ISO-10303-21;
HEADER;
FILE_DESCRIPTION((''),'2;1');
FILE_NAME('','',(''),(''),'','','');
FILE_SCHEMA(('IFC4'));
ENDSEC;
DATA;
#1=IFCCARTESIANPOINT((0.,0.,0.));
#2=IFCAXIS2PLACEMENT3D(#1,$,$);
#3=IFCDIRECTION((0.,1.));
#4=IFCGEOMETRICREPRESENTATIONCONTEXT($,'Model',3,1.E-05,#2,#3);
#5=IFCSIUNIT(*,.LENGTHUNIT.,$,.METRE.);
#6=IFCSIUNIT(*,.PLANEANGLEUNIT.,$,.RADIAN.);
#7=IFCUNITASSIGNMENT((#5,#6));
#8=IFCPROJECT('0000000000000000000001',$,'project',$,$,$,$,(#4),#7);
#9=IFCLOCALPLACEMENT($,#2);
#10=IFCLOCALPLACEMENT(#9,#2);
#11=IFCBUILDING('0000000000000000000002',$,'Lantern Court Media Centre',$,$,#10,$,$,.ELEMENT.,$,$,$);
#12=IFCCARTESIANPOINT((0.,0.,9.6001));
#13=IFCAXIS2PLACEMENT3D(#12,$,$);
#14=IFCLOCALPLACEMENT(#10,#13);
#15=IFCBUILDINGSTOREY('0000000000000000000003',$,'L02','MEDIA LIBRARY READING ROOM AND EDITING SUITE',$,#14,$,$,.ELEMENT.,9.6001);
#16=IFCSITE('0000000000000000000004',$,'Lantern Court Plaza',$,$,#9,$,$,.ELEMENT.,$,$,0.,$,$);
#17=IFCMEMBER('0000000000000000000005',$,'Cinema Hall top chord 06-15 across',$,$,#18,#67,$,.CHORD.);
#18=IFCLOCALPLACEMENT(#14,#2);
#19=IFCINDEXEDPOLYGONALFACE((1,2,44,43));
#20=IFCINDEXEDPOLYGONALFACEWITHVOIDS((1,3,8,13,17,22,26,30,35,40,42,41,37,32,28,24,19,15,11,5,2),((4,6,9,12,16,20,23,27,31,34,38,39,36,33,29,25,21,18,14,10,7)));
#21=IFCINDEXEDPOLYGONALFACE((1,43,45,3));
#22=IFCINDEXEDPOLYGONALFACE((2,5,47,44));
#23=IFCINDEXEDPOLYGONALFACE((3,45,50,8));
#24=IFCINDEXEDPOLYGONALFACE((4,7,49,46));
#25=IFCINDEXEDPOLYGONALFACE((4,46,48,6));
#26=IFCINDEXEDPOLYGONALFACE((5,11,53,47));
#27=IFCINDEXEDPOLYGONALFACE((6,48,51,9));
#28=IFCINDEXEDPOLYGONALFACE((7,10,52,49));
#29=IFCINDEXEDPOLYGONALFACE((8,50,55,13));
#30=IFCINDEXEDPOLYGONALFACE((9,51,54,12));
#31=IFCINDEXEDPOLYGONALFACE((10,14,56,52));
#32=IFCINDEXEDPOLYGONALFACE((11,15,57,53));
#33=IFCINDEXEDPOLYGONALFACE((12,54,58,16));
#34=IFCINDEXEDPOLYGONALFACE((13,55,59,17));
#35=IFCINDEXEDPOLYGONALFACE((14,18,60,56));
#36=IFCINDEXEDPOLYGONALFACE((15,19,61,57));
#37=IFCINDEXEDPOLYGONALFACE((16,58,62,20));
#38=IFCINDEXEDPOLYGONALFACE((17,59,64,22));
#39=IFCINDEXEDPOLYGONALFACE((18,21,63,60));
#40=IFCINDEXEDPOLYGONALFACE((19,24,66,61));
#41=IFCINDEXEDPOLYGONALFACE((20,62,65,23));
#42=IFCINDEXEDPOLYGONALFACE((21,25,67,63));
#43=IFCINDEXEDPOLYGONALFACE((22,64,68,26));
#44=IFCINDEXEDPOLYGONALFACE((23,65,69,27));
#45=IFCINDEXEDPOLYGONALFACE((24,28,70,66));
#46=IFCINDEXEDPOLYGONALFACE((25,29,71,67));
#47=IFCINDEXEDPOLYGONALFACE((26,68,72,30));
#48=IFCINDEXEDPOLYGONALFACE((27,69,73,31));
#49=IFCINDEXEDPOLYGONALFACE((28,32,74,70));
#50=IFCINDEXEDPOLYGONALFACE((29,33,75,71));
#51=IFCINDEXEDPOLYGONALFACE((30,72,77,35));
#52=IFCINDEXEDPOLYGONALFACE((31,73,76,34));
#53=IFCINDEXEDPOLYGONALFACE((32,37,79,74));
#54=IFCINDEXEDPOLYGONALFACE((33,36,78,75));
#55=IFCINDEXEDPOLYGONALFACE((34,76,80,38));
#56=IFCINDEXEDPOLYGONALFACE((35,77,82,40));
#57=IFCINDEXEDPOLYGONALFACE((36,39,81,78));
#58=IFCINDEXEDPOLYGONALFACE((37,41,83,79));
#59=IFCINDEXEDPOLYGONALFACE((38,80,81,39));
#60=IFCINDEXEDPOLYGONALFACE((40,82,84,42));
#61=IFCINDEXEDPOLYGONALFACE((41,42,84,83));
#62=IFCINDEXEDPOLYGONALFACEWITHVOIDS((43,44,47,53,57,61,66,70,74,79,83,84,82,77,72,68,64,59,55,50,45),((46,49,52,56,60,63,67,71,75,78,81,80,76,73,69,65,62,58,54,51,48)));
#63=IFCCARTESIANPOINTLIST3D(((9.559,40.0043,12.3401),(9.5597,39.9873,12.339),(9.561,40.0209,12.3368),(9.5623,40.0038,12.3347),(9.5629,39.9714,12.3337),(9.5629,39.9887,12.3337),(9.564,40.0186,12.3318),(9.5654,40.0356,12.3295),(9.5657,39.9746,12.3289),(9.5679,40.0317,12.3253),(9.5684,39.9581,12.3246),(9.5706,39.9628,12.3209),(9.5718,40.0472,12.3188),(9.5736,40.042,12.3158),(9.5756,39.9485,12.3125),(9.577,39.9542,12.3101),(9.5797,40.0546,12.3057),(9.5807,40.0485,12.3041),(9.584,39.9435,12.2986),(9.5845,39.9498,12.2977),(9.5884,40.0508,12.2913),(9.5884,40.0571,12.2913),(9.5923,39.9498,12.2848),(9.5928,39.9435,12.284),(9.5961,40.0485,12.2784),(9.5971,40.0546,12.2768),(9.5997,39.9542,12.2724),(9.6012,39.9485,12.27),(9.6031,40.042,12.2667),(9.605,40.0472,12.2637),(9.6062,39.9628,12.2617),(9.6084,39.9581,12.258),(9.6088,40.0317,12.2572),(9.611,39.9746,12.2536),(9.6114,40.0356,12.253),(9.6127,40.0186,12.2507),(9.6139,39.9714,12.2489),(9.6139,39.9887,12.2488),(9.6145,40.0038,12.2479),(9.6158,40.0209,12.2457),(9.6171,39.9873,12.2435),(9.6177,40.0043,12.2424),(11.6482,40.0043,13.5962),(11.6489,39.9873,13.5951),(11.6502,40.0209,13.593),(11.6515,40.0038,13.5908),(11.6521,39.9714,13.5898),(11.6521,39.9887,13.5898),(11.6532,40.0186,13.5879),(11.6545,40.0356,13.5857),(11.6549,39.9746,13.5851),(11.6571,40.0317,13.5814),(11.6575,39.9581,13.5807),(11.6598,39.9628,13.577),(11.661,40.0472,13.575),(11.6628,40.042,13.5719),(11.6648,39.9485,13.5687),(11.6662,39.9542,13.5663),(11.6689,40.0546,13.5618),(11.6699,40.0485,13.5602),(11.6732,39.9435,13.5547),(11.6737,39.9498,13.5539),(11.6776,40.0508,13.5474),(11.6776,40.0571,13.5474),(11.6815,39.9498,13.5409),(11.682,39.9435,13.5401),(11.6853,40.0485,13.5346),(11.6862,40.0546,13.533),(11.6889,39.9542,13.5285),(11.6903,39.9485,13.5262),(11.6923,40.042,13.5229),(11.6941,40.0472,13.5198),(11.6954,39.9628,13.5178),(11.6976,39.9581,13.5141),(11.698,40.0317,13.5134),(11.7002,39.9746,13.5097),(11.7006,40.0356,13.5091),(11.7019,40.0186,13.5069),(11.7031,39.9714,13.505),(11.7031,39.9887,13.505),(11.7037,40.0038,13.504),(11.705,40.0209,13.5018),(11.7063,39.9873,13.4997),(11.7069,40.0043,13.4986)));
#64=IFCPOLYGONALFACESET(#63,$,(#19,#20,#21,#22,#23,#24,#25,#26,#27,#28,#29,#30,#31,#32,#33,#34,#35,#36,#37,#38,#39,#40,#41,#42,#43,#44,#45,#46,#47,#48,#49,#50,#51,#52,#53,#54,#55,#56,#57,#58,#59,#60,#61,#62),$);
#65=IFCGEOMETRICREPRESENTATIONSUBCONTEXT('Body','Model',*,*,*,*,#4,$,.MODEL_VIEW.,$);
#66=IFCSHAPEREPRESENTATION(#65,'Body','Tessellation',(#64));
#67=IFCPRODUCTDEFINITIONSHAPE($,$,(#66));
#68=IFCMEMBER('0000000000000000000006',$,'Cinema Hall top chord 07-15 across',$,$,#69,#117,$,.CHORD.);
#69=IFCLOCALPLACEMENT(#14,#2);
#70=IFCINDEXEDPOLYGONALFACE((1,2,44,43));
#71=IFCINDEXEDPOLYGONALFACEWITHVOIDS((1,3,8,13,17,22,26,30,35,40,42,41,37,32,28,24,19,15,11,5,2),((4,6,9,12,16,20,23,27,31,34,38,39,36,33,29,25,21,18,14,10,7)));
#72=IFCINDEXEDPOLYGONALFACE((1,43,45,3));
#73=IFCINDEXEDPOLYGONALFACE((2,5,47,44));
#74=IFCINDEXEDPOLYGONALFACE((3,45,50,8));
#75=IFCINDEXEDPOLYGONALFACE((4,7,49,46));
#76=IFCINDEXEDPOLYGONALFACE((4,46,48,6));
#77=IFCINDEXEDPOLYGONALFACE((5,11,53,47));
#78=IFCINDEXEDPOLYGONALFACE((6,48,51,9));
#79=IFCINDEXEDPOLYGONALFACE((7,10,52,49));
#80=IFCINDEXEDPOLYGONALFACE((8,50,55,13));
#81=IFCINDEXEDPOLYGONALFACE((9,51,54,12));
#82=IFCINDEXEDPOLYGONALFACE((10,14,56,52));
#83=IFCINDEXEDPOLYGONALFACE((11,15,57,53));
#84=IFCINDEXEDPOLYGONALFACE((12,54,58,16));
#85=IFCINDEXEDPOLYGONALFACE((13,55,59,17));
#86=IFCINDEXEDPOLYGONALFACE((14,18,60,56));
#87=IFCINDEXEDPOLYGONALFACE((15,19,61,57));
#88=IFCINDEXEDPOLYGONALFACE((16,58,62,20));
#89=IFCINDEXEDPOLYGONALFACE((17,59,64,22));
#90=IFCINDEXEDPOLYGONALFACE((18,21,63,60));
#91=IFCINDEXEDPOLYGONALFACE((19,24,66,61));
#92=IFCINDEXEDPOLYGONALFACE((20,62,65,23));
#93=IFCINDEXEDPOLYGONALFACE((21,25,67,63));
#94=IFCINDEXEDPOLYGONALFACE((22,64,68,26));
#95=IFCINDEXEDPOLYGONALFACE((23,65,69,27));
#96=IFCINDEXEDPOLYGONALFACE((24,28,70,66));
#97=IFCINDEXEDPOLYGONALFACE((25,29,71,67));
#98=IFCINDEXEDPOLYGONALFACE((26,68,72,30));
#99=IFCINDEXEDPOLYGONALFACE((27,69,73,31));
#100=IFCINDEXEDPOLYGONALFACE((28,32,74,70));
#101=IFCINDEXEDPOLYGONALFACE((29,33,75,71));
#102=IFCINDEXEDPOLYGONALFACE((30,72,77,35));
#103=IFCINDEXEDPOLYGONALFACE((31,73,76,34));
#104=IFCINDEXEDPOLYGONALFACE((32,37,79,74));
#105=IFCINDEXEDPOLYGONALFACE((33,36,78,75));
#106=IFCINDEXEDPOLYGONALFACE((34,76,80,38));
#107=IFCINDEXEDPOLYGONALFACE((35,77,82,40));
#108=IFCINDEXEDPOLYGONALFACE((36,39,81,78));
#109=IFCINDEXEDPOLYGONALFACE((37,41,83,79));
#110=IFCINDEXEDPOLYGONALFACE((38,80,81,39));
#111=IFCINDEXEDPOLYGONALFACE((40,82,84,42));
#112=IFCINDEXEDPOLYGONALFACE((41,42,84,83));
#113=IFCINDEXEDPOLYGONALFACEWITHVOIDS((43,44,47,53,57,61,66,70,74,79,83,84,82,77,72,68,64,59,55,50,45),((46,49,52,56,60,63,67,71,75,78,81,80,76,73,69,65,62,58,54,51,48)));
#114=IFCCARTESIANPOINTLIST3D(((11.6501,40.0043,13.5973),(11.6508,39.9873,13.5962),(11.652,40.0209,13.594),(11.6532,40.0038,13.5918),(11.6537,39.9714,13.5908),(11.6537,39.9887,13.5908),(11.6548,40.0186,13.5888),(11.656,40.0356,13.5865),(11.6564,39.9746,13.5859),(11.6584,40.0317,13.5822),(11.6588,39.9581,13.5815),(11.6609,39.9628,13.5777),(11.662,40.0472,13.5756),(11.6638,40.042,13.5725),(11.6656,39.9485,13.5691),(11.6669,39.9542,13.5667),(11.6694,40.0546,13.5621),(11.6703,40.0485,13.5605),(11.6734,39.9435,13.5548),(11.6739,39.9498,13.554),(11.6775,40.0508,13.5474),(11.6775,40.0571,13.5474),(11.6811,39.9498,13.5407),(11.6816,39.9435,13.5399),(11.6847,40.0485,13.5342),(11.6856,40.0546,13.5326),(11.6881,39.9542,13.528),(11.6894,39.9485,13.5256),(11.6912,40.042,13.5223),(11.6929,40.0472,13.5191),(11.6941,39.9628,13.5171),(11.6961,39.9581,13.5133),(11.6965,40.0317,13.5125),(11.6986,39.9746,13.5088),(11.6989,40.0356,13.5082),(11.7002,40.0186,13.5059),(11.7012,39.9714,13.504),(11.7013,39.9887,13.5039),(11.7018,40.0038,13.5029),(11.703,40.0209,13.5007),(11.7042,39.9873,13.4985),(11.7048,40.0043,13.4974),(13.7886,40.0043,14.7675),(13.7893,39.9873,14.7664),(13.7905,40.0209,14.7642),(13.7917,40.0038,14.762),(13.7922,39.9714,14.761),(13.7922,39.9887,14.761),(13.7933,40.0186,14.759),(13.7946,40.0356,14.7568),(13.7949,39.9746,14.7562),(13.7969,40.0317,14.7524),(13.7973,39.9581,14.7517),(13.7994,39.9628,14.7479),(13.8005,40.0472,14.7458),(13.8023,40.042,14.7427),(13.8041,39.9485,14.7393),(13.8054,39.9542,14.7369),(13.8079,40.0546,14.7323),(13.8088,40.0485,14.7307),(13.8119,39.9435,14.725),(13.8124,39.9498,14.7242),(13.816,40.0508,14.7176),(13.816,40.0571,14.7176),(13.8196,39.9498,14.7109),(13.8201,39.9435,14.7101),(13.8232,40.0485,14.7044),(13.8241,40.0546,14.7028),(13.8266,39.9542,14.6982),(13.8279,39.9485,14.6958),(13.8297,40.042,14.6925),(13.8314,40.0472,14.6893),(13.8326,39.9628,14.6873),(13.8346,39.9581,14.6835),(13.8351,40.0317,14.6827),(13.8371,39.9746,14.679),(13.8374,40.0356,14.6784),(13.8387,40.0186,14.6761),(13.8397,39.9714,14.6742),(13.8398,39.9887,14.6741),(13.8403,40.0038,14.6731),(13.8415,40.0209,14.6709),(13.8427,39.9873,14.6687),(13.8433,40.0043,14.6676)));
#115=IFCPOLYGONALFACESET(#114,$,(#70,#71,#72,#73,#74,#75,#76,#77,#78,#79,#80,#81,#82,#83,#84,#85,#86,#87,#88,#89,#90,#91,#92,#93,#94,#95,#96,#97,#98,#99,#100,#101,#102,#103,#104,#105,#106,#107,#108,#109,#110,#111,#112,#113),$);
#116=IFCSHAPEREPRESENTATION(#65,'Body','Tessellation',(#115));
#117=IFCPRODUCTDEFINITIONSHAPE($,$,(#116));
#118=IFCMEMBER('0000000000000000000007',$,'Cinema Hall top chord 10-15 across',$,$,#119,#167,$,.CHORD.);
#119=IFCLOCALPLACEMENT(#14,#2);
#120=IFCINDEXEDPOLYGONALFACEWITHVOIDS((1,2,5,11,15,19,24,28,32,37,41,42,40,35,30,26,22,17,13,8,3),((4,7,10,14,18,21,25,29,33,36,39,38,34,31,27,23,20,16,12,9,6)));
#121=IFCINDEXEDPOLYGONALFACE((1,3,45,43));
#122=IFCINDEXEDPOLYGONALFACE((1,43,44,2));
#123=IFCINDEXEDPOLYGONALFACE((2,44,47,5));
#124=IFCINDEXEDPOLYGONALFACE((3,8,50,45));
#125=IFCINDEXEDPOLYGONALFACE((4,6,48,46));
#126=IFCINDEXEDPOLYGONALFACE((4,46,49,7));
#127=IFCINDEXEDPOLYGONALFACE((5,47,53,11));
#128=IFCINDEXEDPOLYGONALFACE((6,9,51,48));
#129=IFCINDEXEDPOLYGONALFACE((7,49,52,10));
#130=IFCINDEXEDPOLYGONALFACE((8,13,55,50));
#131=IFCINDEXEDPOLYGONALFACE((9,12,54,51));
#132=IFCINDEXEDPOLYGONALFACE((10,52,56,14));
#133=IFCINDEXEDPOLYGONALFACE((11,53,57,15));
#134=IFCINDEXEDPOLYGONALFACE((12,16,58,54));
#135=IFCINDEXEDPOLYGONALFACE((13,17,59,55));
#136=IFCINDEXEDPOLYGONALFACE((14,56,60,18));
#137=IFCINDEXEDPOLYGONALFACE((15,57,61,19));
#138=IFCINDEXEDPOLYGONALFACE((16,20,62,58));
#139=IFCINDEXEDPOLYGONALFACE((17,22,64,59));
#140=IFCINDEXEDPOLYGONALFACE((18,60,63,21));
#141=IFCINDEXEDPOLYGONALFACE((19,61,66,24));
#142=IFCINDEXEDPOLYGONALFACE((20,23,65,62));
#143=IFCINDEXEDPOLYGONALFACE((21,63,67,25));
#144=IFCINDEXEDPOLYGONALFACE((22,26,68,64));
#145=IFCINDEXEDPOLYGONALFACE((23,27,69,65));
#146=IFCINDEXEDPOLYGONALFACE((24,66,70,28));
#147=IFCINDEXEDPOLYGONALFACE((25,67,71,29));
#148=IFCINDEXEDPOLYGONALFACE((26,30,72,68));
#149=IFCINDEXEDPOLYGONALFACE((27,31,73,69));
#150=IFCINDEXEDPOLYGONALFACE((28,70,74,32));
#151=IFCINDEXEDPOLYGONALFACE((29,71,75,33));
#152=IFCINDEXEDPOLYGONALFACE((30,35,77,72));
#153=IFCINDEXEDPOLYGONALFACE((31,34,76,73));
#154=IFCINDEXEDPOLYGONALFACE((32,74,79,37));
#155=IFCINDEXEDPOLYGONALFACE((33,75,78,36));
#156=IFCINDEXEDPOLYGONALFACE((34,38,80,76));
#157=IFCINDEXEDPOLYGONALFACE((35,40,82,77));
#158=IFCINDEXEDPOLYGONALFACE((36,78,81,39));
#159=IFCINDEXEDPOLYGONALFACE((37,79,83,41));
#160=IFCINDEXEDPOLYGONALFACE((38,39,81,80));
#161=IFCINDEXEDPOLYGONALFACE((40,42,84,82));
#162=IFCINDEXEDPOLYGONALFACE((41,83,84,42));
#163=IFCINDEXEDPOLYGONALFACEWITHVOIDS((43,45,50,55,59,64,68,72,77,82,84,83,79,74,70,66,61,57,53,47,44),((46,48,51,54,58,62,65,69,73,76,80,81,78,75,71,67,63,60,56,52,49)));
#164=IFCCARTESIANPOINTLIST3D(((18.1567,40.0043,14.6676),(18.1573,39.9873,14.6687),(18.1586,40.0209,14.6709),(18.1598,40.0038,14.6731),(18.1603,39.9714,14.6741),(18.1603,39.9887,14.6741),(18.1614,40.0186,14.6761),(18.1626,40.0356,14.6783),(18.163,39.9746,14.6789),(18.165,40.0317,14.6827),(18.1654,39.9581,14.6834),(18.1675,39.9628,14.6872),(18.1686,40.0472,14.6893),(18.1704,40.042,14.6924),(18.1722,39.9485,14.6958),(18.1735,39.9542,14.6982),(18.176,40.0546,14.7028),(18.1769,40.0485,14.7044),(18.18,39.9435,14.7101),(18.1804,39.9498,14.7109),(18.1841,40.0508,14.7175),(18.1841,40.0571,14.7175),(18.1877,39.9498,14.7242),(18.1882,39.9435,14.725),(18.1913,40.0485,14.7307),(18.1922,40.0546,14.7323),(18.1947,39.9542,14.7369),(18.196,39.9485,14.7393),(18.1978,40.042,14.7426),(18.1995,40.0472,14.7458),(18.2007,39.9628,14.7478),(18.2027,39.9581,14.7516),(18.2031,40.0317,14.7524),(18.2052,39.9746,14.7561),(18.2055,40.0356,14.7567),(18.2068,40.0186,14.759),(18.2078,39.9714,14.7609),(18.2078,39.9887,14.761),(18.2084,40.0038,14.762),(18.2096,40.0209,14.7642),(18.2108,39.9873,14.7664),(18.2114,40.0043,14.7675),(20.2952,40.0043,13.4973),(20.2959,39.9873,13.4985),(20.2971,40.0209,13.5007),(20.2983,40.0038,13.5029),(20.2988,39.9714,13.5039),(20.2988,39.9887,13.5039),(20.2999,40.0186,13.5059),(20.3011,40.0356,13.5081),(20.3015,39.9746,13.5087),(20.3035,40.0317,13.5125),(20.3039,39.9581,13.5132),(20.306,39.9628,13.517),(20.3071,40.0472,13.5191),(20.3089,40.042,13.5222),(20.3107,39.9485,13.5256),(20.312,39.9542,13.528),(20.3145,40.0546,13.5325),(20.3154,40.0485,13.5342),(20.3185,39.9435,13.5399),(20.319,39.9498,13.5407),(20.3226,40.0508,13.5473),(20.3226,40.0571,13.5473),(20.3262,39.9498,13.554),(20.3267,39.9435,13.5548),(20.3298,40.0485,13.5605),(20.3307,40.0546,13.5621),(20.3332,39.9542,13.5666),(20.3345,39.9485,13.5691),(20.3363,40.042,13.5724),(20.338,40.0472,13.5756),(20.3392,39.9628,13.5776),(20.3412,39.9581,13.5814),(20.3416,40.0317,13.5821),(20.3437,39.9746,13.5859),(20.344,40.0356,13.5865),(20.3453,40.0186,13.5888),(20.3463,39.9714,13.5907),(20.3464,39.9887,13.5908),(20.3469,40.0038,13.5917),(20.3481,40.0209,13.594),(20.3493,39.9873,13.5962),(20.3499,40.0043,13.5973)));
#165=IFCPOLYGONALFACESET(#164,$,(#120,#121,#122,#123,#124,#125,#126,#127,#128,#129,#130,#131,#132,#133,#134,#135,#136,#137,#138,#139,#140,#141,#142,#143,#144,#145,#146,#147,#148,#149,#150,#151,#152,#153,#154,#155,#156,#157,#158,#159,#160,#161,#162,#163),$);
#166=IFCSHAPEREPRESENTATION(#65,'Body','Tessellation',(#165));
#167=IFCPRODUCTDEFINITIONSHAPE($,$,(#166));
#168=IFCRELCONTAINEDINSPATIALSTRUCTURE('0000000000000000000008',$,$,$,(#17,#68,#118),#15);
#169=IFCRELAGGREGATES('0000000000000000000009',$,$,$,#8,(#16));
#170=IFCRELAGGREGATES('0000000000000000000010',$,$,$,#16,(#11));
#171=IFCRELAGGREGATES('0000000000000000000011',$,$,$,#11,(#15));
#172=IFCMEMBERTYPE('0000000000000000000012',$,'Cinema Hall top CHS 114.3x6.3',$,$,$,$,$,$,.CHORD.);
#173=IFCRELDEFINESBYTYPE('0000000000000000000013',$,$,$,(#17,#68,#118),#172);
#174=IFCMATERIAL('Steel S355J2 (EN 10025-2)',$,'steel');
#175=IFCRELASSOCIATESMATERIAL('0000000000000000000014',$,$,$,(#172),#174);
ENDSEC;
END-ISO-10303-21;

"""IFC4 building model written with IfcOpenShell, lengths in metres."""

from ifc_helpers import new_model, si_unit, direction, frame, origin, origin_2d, place, context, subcontext, project, spatial, hollow_circle, extrude, material, material_profile, profile_set, type_object, element, save


model = new_model("IFC4")

# Units and contexts
model_context = context("Model", 3, precision=1e-05, world=origin(), true_north=direction((0.0, 1.0)))
body_context = subcontext(model_context, "Body", "Model", "MODEL_VIEW")
ifc_project = project(units=[si_unit("LENGTHUNIT", "METRE"), si_unit("PLANEANGLEUNIT", "RADIAN")], contexts=[model_context])

# Site, building, storey
site_placement = place(None, origin())
site = spatial("IfcSite", under=ifc_project, at=site_placement, Name="Lantern Court Plaza", CompositionType="ELEMENT", RefElevation=0.0)
building_placement = place(site_placement, origin())
building = spatial("IfcBuilding", under=site, at=building_placement, Name="Lantern Court Media Centre", CompositionType="ELEMENT")
storey_placement = place(building_placement, frame((0.0, 0.0, 9.6001)))
storey = spatial("IfcBuildingStorey", under=building, at=storey_placement, Name="L02", Description="MEDIA LIBRARY READING ROOM AND EDITING SUITE", CompositionType="ELEMENT", Elevation=9.6001)

# Members
ifc_material = material(Name="Steel S355J2 (EN 10025-2)", Category="steel")
ifc_material_profile_1 = material_profile(ifc_material, hollow_circle(Radius=0.0571, WallThickness=0.0063, at=origin_2d()), Name="Cinema Hall top CHS 114.3x6.3")
ifc_profile_set_1 = profile_set([ifc_material_profile_1], Name="Steel S355J2 (EN 10025-2)")
member_type_1 = type_object("IfcMemberType", Name="Cinema Hall top CHS 114.3x6.3", PredefinedType="CHORD", material=ifc_profile_set_1)
for number, where, z_axis, x_axis, name in (
    (1, (9.5884, 40.0, 12.2913), (0.857015, 0.0, 0.515291), (0.0, 1.0, 0.0), "Cinema Hall top chord 06-15 across"),
    (2, (11.6775, 40.0, 13.5474), (0.877248, 0.0, 0.480038), (0.0, 1.0, 0.0), "Cinema Hall top chord 07-15 across"),
    (3, (18.1841, 40.0, 14.7175), (0.877248, 0.0, -0.480038), (0.0, 1.0, 0.0), "Cinema Hall top chord 10-15 across"),
):
    element("IfcMember", number, at=place(storey_placement, frame(where, z_axis=z_axis, x_axis=x_axis)), inside=storey, type_object=member_type_1, Name=name, PredefinedType="CHORD", context=body_context, shape_type="SweptSolid", body=[
        extrude(hollow_circle(Radius=0.0571, WallThickness=0.0063, at=origin_2d()), origin(), (0.0, 0.0, 1.0), 2.4377),
    ])

save(model, "model.ifc")
